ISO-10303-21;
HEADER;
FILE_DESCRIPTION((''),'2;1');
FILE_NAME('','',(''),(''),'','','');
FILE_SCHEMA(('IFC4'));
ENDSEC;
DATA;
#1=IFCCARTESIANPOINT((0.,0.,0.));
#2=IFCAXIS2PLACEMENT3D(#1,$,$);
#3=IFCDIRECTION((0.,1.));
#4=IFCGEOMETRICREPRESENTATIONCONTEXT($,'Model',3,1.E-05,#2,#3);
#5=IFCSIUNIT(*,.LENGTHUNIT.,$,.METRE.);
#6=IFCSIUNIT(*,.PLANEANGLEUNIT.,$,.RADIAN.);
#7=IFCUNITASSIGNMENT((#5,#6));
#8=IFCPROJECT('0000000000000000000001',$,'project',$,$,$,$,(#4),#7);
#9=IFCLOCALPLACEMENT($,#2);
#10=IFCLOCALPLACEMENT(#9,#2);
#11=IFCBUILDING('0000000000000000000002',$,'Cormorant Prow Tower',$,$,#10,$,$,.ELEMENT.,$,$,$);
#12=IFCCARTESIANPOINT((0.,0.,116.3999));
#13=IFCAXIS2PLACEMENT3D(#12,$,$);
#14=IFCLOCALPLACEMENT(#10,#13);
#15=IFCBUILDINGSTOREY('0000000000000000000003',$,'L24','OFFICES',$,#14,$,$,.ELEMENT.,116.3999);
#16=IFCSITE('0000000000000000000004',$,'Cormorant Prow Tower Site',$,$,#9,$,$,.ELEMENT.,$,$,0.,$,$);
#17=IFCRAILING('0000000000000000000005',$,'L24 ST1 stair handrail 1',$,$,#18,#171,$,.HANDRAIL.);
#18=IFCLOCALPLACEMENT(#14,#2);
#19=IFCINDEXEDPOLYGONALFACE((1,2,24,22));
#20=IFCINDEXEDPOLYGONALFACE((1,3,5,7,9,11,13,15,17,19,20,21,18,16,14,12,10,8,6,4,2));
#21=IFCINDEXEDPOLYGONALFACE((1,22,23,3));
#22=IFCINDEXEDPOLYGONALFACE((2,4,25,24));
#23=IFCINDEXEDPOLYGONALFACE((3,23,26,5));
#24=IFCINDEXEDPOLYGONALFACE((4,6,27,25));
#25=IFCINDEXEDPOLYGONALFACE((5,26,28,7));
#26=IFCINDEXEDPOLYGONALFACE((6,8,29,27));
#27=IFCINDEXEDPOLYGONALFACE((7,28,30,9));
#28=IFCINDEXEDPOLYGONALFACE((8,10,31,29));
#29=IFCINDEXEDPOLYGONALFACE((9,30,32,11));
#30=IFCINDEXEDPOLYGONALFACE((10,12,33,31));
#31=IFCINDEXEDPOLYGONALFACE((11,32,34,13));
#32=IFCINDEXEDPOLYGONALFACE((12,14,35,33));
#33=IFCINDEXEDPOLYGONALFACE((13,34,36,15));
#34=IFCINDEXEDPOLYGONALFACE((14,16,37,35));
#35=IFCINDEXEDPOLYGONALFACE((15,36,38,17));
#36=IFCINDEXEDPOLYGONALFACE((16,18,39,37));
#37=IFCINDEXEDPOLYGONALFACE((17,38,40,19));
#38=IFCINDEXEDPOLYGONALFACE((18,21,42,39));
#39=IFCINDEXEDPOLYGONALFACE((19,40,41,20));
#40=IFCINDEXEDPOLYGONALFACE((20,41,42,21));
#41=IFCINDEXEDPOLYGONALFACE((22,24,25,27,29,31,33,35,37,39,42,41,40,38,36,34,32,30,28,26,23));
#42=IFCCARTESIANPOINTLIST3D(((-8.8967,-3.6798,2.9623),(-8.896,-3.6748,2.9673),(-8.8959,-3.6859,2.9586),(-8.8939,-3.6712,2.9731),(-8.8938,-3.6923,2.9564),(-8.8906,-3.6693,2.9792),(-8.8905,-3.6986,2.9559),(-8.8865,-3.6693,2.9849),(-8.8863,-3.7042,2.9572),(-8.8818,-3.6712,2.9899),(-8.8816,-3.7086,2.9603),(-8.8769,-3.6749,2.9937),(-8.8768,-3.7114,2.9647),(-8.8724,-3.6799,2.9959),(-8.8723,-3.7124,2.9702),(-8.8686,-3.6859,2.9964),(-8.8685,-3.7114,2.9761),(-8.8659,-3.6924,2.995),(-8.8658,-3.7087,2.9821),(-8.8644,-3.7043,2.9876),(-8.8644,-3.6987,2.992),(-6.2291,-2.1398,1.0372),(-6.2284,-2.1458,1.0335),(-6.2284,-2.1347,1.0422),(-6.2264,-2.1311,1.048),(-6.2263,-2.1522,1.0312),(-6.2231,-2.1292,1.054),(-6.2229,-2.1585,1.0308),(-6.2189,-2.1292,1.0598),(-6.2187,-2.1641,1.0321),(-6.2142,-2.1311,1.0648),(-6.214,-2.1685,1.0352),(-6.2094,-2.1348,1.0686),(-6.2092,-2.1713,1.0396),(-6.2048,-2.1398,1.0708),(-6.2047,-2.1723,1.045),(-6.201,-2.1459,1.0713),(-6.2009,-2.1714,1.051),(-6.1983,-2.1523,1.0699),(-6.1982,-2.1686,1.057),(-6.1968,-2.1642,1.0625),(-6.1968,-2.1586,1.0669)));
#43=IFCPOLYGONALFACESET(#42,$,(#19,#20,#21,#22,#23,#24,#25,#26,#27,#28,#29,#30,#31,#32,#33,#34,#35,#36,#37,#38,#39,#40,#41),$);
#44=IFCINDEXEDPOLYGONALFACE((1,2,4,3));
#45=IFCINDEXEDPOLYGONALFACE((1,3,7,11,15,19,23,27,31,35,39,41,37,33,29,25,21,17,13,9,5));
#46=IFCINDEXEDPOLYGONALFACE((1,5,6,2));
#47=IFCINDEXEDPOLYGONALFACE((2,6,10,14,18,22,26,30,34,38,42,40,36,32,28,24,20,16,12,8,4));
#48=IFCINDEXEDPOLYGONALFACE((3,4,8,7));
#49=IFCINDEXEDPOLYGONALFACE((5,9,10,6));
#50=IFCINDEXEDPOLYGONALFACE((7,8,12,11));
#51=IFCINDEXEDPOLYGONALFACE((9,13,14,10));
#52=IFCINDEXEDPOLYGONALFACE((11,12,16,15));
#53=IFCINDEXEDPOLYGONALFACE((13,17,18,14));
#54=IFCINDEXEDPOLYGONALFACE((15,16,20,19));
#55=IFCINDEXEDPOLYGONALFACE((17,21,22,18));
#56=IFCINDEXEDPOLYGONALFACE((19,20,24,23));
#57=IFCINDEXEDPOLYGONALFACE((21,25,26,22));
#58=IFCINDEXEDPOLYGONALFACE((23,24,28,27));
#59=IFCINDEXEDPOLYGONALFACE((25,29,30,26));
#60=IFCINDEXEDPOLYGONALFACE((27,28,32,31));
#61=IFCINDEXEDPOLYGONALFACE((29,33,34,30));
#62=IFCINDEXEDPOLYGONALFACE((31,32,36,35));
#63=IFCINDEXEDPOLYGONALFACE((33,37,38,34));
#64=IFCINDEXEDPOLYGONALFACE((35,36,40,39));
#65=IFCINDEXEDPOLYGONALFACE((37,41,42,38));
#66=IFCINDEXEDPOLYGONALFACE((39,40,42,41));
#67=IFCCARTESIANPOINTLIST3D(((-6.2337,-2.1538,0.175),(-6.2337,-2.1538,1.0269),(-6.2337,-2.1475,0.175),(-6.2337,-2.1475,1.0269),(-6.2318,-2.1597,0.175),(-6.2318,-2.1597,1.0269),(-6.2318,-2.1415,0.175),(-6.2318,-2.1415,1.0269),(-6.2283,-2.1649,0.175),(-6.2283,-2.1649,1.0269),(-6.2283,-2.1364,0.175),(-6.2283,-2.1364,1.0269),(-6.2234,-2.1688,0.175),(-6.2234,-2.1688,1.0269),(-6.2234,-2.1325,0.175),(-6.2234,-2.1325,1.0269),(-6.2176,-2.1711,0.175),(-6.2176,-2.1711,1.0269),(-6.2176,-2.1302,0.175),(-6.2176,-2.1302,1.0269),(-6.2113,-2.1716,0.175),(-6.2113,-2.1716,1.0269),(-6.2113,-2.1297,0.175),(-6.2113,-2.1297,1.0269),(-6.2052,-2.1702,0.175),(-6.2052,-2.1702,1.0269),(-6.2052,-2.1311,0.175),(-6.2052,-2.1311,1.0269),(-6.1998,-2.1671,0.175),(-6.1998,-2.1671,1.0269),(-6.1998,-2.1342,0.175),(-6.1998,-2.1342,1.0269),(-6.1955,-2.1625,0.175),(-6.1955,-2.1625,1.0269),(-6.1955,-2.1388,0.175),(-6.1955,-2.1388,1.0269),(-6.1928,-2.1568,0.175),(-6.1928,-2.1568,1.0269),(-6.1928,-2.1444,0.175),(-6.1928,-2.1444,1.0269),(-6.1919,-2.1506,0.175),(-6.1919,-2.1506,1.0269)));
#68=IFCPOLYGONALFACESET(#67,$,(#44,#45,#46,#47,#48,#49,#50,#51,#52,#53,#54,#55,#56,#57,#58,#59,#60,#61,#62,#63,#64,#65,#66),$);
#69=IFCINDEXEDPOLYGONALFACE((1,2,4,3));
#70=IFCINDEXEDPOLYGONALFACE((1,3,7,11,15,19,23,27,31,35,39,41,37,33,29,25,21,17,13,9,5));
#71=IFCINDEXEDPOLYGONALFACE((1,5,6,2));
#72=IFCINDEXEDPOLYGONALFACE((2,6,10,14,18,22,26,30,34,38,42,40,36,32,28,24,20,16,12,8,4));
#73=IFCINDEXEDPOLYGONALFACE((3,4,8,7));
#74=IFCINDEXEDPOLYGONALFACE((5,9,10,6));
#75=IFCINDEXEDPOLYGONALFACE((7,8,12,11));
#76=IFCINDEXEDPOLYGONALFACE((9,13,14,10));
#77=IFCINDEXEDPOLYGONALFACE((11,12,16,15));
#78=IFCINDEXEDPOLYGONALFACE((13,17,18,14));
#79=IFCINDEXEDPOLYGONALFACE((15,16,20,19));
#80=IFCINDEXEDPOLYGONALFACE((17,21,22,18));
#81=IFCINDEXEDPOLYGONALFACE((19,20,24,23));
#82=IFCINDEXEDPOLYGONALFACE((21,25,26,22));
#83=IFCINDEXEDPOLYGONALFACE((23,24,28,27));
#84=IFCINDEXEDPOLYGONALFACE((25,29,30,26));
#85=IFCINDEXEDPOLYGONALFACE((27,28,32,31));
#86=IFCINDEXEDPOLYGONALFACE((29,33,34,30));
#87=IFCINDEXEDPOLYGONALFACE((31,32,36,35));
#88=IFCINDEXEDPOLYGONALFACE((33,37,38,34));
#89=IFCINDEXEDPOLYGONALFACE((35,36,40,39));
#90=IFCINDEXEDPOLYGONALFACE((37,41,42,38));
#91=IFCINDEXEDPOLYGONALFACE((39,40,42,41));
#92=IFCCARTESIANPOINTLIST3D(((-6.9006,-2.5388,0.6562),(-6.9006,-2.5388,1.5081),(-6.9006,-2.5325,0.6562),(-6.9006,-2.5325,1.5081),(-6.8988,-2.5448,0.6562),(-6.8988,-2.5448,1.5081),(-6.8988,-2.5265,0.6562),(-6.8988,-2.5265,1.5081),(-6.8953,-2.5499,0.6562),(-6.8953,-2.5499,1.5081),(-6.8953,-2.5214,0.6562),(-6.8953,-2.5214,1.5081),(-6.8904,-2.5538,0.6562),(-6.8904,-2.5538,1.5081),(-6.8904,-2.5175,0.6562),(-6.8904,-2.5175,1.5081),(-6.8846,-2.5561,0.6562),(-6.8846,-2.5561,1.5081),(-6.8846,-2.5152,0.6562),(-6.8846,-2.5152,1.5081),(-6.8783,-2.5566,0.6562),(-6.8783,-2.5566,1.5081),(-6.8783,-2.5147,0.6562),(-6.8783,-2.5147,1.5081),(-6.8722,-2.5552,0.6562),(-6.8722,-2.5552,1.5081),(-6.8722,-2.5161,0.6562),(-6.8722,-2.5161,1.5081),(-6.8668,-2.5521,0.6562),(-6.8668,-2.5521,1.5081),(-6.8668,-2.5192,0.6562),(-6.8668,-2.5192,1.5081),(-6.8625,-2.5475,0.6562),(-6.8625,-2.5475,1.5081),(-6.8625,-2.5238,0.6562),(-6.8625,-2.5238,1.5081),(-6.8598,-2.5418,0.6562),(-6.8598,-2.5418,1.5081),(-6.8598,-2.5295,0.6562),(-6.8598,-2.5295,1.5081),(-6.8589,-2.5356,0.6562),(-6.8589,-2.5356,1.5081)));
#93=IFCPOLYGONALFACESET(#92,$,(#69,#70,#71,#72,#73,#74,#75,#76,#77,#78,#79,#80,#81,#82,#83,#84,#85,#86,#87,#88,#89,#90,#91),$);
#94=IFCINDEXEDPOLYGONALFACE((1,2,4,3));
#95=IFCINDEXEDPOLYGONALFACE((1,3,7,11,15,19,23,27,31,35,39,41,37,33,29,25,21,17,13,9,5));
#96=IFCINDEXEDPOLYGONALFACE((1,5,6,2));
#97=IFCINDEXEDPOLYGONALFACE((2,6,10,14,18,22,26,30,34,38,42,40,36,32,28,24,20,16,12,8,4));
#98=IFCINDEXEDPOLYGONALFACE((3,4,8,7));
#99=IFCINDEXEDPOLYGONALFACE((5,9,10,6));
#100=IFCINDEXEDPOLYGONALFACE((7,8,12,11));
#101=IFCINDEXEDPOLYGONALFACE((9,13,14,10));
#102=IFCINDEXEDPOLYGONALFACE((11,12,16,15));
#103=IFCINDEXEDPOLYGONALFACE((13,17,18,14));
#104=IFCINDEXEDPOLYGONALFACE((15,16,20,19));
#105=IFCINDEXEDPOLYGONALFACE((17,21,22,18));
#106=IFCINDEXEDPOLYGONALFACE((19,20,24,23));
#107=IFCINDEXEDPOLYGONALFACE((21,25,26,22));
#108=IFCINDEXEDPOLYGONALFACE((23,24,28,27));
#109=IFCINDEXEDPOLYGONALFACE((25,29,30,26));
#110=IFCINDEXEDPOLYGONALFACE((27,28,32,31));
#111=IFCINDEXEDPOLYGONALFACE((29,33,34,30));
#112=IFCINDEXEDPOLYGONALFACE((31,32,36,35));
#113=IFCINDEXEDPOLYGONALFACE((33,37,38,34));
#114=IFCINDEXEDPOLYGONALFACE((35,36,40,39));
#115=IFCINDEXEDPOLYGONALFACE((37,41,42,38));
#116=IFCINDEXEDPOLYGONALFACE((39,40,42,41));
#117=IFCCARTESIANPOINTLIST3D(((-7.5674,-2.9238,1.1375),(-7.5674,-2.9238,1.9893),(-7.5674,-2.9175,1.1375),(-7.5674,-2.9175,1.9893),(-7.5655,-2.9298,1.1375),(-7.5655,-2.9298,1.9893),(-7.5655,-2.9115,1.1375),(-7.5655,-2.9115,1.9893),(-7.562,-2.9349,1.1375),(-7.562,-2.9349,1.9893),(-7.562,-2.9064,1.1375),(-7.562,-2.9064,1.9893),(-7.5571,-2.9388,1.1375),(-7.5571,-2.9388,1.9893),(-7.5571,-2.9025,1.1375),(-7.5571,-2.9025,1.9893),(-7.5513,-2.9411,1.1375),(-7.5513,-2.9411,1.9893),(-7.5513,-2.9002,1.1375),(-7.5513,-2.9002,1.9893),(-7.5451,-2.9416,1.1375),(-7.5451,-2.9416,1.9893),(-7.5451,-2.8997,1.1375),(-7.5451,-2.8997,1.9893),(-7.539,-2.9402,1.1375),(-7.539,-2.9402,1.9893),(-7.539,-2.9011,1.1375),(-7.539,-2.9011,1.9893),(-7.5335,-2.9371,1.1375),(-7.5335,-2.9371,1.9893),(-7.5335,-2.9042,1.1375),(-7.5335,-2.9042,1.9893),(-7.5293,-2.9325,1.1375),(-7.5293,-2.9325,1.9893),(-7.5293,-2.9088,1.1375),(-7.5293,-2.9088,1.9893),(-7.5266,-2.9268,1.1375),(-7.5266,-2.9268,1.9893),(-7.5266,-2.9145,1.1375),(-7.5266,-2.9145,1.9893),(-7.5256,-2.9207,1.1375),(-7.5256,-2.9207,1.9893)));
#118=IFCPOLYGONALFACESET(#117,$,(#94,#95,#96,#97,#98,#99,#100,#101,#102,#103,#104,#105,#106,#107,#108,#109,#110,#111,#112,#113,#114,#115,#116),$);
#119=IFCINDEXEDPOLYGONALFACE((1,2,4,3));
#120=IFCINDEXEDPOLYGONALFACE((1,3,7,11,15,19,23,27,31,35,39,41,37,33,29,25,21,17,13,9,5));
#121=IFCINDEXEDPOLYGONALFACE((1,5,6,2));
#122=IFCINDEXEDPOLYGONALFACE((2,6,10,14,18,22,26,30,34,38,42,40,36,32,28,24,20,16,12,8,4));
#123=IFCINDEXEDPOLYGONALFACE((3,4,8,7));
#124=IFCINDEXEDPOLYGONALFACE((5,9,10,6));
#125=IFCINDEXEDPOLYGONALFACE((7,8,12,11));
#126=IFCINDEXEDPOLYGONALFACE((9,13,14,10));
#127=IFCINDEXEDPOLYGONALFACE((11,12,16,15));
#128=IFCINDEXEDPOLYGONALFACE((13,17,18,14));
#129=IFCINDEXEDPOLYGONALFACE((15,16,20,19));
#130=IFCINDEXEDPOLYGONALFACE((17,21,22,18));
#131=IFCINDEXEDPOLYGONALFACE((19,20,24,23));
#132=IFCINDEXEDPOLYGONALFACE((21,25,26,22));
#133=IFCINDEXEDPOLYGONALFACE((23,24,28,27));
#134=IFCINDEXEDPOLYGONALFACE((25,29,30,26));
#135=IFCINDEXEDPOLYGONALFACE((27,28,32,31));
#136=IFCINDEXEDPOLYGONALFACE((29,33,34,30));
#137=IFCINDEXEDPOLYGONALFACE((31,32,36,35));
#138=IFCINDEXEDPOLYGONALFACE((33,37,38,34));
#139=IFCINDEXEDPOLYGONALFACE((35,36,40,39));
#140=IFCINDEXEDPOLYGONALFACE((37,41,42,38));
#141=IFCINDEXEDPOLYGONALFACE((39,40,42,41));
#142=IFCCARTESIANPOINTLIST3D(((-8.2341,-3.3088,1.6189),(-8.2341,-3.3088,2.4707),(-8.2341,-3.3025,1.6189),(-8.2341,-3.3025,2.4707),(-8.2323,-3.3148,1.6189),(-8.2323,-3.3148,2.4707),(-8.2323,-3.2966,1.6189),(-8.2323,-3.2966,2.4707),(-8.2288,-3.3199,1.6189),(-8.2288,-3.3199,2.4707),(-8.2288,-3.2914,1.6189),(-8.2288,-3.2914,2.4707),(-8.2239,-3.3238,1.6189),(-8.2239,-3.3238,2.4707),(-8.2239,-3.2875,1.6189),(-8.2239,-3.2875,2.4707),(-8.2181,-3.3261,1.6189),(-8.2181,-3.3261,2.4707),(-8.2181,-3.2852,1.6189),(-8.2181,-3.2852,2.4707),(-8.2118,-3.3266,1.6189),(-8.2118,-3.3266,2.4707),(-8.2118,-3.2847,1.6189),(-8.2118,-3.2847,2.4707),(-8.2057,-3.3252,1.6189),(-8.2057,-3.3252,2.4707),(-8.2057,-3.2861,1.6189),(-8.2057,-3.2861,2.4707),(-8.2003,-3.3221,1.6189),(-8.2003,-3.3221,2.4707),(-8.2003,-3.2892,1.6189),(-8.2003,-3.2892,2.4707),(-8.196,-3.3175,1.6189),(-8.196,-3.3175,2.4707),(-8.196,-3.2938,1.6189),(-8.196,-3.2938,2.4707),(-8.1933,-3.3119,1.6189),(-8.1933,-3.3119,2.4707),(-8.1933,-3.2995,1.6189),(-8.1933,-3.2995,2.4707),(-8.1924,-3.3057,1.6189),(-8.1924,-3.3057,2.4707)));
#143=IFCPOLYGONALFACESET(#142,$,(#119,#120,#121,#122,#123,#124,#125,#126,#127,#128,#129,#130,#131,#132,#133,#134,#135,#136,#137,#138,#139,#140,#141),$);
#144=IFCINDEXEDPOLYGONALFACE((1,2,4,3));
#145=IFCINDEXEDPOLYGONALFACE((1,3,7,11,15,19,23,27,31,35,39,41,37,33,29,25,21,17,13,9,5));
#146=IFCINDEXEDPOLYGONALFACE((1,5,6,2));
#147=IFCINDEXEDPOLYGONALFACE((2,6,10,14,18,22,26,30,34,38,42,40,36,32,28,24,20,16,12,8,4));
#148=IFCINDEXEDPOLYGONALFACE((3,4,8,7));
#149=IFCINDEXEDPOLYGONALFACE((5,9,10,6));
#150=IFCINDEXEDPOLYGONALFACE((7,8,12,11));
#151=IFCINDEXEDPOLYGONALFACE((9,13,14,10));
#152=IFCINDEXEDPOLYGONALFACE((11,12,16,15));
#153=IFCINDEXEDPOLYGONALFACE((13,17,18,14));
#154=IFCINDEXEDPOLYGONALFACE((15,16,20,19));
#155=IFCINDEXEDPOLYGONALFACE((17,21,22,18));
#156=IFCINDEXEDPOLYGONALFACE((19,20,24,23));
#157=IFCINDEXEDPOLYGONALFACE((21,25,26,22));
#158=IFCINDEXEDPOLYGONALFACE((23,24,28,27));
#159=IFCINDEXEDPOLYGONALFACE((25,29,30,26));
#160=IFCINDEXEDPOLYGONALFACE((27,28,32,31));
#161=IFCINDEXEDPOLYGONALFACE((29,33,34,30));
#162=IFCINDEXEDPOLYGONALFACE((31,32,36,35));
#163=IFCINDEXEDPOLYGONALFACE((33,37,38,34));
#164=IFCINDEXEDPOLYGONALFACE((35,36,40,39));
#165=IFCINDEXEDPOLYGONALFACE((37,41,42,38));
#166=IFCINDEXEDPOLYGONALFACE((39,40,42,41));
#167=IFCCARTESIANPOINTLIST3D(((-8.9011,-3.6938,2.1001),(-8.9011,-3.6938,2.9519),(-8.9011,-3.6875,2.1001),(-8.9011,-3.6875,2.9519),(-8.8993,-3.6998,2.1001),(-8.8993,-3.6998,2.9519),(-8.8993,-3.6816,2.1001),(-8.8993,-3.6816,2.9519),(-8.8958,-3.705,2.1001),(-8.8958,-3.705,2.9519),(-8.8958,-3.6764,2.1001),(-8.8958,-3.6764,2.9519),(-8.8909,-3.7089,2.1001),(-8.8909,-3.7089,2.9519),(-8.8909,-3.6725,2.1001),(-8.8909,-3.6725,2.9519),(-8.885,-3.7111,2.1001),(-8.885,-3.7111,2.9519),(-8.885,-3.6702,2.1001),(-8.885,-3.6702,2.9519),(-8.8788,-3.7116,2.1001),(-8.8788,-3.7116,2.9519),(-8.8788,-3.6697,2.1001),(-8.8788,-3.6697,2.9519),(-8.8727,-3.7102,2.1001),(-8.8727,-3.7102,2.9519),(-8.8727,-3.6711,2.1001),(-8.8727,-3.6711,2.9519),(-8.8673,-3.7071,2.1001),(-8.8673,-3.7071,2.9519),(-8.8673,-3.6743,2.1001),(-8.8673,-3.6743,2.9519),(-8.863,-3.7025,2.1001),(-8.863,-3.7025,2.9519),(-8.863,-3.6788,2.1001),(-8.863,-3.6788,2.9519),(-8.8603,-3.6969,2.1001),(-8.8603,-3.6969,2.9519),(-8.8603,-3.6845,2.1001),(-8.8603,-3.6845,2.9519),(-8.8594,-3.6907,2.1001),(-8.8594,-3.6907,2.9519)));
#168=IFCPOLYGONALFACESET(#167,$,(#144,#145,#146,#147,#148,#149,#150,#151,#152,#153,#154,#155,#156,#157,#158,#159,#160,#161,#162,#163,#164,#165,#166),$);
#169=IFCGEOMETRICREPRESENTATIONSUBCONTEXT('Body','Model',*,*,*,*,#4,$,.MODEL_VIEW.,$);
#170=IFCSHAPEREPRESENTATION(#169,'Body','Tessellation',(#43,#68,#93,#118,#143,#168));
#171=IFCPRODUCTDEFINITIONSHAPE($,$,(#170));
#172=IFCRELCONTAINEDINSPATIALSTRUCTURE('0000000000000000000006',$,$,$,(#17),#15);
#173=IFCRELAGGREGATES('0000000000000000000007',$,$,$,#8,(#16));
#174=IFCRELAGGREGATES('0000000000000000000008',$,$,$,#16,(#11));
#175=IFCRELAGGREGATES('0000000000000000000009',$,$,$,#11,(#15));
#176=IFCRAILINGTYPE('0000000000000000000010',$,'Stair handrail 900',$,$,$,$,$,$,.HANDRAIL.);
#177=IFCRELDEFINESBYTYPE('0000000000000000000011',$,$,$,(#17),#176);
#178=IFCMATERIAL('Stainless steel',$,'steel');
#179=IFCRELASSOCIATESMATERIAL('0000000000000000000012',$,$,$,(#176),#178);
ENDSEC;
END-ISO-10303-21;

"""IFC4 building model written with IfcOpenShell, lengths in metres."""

from ifc_helpers import new_model, si_unit, direction, frame, origin, origin_2d, place, context, subcontext, project, spatial, circle, extrude, material, type_object, element, save


model = new_model("IFC4")

# Units and contexts
model_context = context("Model", 3, precision=1e-05, world=origin(), true_north=direction((0.0, 1.0)))
body_context = subcontext(model_context, "Body", "Model", "MODEL_VIEW")
ifc_project = project(units=[si_unit("LENGTHUNIT", "METRE"), si_unit("PLANEANGLEUNIT", "RADIAN")], contexts=[model_context])

# Site, building, storey
site_placement = place(None, origin())
site = spatial("IfcSite", under=ifc_project, at=site_placement, Name="Cormorant Prow Tower Site", CompositionType="ELEMENT", RefElevation=0.0)
building_placement = place(site_placement, origin())
building = spatial("IfcBuilding", under=site, at=building_placement, Name="Cormorant Prow Tower", CompositionType="ELEMENT")
storey_placement = place(building_placement, frame((0.0, 0.0, 116.3999)))
storey = spatial("IfcBuildingStorey", under=building, at=storey_placement, Name="L24", Description="OFFICES", CompositionType="ELEMENT", Elevation=116.3999)

# Railing
ifc_material_1 = material(Name="Stainless steel", Category="steel")
railing_type = type_object("IfcRailingType", Name="Stair handrail 900", PredefinedType="HANDRAIL", material=ifc_material_1)
railing_1_placement = place(storey_placement, frame((-6.2129, -2.1506, 0.175)))
element("IfcRailing", 1, at=railing_1_placement, inside=storey, type_object=railing_type, Name="L24 ST1 stair handrail 1", PredefinedType="HANDRAIL", context=body_context, shape_type="SweptSolid", body=[
    extrude(circle(Radius=0.0239, at=origin_2d()), frame((0.0, 0.0, 0.876), z_axis=(-0.734395, -0.423994, 0.529993), x_axis=(0.499992, -0.86603, 0.0)), (0.0, 0.0, 1.0), 3.6323),
    extrude(circle(Radius=0.021, at=origin_2d()), origin(), (0.0, 0.0, 1.0), 0.8518),
    extrude(circle(Radius=0.021, at=origin_2d()), frame((-0.667, -0.385, 0.4812)), (0.0, 0.0, 1.0), 0.8518),
    extrude(circle(Radius=0.021, at=origin_2d()), frame((-1.3337, -0.77, 0.9624)), (0.0, 0.0, 1.0), 0.8518),
    extrude(circle(Radius=0.021, at=origin_2d()), frame((-2.0005, -1.155, 1.4438)), (0.0, 0.0, 1.0), 0.8518),
    extrude(circle(Radius=0.021, at=origin_2d()), frame((-2.6675, -1.54, 1.925)), (0.0, 0.0, 1.0), 0.8518),
])

save(model, "model.ifc")
